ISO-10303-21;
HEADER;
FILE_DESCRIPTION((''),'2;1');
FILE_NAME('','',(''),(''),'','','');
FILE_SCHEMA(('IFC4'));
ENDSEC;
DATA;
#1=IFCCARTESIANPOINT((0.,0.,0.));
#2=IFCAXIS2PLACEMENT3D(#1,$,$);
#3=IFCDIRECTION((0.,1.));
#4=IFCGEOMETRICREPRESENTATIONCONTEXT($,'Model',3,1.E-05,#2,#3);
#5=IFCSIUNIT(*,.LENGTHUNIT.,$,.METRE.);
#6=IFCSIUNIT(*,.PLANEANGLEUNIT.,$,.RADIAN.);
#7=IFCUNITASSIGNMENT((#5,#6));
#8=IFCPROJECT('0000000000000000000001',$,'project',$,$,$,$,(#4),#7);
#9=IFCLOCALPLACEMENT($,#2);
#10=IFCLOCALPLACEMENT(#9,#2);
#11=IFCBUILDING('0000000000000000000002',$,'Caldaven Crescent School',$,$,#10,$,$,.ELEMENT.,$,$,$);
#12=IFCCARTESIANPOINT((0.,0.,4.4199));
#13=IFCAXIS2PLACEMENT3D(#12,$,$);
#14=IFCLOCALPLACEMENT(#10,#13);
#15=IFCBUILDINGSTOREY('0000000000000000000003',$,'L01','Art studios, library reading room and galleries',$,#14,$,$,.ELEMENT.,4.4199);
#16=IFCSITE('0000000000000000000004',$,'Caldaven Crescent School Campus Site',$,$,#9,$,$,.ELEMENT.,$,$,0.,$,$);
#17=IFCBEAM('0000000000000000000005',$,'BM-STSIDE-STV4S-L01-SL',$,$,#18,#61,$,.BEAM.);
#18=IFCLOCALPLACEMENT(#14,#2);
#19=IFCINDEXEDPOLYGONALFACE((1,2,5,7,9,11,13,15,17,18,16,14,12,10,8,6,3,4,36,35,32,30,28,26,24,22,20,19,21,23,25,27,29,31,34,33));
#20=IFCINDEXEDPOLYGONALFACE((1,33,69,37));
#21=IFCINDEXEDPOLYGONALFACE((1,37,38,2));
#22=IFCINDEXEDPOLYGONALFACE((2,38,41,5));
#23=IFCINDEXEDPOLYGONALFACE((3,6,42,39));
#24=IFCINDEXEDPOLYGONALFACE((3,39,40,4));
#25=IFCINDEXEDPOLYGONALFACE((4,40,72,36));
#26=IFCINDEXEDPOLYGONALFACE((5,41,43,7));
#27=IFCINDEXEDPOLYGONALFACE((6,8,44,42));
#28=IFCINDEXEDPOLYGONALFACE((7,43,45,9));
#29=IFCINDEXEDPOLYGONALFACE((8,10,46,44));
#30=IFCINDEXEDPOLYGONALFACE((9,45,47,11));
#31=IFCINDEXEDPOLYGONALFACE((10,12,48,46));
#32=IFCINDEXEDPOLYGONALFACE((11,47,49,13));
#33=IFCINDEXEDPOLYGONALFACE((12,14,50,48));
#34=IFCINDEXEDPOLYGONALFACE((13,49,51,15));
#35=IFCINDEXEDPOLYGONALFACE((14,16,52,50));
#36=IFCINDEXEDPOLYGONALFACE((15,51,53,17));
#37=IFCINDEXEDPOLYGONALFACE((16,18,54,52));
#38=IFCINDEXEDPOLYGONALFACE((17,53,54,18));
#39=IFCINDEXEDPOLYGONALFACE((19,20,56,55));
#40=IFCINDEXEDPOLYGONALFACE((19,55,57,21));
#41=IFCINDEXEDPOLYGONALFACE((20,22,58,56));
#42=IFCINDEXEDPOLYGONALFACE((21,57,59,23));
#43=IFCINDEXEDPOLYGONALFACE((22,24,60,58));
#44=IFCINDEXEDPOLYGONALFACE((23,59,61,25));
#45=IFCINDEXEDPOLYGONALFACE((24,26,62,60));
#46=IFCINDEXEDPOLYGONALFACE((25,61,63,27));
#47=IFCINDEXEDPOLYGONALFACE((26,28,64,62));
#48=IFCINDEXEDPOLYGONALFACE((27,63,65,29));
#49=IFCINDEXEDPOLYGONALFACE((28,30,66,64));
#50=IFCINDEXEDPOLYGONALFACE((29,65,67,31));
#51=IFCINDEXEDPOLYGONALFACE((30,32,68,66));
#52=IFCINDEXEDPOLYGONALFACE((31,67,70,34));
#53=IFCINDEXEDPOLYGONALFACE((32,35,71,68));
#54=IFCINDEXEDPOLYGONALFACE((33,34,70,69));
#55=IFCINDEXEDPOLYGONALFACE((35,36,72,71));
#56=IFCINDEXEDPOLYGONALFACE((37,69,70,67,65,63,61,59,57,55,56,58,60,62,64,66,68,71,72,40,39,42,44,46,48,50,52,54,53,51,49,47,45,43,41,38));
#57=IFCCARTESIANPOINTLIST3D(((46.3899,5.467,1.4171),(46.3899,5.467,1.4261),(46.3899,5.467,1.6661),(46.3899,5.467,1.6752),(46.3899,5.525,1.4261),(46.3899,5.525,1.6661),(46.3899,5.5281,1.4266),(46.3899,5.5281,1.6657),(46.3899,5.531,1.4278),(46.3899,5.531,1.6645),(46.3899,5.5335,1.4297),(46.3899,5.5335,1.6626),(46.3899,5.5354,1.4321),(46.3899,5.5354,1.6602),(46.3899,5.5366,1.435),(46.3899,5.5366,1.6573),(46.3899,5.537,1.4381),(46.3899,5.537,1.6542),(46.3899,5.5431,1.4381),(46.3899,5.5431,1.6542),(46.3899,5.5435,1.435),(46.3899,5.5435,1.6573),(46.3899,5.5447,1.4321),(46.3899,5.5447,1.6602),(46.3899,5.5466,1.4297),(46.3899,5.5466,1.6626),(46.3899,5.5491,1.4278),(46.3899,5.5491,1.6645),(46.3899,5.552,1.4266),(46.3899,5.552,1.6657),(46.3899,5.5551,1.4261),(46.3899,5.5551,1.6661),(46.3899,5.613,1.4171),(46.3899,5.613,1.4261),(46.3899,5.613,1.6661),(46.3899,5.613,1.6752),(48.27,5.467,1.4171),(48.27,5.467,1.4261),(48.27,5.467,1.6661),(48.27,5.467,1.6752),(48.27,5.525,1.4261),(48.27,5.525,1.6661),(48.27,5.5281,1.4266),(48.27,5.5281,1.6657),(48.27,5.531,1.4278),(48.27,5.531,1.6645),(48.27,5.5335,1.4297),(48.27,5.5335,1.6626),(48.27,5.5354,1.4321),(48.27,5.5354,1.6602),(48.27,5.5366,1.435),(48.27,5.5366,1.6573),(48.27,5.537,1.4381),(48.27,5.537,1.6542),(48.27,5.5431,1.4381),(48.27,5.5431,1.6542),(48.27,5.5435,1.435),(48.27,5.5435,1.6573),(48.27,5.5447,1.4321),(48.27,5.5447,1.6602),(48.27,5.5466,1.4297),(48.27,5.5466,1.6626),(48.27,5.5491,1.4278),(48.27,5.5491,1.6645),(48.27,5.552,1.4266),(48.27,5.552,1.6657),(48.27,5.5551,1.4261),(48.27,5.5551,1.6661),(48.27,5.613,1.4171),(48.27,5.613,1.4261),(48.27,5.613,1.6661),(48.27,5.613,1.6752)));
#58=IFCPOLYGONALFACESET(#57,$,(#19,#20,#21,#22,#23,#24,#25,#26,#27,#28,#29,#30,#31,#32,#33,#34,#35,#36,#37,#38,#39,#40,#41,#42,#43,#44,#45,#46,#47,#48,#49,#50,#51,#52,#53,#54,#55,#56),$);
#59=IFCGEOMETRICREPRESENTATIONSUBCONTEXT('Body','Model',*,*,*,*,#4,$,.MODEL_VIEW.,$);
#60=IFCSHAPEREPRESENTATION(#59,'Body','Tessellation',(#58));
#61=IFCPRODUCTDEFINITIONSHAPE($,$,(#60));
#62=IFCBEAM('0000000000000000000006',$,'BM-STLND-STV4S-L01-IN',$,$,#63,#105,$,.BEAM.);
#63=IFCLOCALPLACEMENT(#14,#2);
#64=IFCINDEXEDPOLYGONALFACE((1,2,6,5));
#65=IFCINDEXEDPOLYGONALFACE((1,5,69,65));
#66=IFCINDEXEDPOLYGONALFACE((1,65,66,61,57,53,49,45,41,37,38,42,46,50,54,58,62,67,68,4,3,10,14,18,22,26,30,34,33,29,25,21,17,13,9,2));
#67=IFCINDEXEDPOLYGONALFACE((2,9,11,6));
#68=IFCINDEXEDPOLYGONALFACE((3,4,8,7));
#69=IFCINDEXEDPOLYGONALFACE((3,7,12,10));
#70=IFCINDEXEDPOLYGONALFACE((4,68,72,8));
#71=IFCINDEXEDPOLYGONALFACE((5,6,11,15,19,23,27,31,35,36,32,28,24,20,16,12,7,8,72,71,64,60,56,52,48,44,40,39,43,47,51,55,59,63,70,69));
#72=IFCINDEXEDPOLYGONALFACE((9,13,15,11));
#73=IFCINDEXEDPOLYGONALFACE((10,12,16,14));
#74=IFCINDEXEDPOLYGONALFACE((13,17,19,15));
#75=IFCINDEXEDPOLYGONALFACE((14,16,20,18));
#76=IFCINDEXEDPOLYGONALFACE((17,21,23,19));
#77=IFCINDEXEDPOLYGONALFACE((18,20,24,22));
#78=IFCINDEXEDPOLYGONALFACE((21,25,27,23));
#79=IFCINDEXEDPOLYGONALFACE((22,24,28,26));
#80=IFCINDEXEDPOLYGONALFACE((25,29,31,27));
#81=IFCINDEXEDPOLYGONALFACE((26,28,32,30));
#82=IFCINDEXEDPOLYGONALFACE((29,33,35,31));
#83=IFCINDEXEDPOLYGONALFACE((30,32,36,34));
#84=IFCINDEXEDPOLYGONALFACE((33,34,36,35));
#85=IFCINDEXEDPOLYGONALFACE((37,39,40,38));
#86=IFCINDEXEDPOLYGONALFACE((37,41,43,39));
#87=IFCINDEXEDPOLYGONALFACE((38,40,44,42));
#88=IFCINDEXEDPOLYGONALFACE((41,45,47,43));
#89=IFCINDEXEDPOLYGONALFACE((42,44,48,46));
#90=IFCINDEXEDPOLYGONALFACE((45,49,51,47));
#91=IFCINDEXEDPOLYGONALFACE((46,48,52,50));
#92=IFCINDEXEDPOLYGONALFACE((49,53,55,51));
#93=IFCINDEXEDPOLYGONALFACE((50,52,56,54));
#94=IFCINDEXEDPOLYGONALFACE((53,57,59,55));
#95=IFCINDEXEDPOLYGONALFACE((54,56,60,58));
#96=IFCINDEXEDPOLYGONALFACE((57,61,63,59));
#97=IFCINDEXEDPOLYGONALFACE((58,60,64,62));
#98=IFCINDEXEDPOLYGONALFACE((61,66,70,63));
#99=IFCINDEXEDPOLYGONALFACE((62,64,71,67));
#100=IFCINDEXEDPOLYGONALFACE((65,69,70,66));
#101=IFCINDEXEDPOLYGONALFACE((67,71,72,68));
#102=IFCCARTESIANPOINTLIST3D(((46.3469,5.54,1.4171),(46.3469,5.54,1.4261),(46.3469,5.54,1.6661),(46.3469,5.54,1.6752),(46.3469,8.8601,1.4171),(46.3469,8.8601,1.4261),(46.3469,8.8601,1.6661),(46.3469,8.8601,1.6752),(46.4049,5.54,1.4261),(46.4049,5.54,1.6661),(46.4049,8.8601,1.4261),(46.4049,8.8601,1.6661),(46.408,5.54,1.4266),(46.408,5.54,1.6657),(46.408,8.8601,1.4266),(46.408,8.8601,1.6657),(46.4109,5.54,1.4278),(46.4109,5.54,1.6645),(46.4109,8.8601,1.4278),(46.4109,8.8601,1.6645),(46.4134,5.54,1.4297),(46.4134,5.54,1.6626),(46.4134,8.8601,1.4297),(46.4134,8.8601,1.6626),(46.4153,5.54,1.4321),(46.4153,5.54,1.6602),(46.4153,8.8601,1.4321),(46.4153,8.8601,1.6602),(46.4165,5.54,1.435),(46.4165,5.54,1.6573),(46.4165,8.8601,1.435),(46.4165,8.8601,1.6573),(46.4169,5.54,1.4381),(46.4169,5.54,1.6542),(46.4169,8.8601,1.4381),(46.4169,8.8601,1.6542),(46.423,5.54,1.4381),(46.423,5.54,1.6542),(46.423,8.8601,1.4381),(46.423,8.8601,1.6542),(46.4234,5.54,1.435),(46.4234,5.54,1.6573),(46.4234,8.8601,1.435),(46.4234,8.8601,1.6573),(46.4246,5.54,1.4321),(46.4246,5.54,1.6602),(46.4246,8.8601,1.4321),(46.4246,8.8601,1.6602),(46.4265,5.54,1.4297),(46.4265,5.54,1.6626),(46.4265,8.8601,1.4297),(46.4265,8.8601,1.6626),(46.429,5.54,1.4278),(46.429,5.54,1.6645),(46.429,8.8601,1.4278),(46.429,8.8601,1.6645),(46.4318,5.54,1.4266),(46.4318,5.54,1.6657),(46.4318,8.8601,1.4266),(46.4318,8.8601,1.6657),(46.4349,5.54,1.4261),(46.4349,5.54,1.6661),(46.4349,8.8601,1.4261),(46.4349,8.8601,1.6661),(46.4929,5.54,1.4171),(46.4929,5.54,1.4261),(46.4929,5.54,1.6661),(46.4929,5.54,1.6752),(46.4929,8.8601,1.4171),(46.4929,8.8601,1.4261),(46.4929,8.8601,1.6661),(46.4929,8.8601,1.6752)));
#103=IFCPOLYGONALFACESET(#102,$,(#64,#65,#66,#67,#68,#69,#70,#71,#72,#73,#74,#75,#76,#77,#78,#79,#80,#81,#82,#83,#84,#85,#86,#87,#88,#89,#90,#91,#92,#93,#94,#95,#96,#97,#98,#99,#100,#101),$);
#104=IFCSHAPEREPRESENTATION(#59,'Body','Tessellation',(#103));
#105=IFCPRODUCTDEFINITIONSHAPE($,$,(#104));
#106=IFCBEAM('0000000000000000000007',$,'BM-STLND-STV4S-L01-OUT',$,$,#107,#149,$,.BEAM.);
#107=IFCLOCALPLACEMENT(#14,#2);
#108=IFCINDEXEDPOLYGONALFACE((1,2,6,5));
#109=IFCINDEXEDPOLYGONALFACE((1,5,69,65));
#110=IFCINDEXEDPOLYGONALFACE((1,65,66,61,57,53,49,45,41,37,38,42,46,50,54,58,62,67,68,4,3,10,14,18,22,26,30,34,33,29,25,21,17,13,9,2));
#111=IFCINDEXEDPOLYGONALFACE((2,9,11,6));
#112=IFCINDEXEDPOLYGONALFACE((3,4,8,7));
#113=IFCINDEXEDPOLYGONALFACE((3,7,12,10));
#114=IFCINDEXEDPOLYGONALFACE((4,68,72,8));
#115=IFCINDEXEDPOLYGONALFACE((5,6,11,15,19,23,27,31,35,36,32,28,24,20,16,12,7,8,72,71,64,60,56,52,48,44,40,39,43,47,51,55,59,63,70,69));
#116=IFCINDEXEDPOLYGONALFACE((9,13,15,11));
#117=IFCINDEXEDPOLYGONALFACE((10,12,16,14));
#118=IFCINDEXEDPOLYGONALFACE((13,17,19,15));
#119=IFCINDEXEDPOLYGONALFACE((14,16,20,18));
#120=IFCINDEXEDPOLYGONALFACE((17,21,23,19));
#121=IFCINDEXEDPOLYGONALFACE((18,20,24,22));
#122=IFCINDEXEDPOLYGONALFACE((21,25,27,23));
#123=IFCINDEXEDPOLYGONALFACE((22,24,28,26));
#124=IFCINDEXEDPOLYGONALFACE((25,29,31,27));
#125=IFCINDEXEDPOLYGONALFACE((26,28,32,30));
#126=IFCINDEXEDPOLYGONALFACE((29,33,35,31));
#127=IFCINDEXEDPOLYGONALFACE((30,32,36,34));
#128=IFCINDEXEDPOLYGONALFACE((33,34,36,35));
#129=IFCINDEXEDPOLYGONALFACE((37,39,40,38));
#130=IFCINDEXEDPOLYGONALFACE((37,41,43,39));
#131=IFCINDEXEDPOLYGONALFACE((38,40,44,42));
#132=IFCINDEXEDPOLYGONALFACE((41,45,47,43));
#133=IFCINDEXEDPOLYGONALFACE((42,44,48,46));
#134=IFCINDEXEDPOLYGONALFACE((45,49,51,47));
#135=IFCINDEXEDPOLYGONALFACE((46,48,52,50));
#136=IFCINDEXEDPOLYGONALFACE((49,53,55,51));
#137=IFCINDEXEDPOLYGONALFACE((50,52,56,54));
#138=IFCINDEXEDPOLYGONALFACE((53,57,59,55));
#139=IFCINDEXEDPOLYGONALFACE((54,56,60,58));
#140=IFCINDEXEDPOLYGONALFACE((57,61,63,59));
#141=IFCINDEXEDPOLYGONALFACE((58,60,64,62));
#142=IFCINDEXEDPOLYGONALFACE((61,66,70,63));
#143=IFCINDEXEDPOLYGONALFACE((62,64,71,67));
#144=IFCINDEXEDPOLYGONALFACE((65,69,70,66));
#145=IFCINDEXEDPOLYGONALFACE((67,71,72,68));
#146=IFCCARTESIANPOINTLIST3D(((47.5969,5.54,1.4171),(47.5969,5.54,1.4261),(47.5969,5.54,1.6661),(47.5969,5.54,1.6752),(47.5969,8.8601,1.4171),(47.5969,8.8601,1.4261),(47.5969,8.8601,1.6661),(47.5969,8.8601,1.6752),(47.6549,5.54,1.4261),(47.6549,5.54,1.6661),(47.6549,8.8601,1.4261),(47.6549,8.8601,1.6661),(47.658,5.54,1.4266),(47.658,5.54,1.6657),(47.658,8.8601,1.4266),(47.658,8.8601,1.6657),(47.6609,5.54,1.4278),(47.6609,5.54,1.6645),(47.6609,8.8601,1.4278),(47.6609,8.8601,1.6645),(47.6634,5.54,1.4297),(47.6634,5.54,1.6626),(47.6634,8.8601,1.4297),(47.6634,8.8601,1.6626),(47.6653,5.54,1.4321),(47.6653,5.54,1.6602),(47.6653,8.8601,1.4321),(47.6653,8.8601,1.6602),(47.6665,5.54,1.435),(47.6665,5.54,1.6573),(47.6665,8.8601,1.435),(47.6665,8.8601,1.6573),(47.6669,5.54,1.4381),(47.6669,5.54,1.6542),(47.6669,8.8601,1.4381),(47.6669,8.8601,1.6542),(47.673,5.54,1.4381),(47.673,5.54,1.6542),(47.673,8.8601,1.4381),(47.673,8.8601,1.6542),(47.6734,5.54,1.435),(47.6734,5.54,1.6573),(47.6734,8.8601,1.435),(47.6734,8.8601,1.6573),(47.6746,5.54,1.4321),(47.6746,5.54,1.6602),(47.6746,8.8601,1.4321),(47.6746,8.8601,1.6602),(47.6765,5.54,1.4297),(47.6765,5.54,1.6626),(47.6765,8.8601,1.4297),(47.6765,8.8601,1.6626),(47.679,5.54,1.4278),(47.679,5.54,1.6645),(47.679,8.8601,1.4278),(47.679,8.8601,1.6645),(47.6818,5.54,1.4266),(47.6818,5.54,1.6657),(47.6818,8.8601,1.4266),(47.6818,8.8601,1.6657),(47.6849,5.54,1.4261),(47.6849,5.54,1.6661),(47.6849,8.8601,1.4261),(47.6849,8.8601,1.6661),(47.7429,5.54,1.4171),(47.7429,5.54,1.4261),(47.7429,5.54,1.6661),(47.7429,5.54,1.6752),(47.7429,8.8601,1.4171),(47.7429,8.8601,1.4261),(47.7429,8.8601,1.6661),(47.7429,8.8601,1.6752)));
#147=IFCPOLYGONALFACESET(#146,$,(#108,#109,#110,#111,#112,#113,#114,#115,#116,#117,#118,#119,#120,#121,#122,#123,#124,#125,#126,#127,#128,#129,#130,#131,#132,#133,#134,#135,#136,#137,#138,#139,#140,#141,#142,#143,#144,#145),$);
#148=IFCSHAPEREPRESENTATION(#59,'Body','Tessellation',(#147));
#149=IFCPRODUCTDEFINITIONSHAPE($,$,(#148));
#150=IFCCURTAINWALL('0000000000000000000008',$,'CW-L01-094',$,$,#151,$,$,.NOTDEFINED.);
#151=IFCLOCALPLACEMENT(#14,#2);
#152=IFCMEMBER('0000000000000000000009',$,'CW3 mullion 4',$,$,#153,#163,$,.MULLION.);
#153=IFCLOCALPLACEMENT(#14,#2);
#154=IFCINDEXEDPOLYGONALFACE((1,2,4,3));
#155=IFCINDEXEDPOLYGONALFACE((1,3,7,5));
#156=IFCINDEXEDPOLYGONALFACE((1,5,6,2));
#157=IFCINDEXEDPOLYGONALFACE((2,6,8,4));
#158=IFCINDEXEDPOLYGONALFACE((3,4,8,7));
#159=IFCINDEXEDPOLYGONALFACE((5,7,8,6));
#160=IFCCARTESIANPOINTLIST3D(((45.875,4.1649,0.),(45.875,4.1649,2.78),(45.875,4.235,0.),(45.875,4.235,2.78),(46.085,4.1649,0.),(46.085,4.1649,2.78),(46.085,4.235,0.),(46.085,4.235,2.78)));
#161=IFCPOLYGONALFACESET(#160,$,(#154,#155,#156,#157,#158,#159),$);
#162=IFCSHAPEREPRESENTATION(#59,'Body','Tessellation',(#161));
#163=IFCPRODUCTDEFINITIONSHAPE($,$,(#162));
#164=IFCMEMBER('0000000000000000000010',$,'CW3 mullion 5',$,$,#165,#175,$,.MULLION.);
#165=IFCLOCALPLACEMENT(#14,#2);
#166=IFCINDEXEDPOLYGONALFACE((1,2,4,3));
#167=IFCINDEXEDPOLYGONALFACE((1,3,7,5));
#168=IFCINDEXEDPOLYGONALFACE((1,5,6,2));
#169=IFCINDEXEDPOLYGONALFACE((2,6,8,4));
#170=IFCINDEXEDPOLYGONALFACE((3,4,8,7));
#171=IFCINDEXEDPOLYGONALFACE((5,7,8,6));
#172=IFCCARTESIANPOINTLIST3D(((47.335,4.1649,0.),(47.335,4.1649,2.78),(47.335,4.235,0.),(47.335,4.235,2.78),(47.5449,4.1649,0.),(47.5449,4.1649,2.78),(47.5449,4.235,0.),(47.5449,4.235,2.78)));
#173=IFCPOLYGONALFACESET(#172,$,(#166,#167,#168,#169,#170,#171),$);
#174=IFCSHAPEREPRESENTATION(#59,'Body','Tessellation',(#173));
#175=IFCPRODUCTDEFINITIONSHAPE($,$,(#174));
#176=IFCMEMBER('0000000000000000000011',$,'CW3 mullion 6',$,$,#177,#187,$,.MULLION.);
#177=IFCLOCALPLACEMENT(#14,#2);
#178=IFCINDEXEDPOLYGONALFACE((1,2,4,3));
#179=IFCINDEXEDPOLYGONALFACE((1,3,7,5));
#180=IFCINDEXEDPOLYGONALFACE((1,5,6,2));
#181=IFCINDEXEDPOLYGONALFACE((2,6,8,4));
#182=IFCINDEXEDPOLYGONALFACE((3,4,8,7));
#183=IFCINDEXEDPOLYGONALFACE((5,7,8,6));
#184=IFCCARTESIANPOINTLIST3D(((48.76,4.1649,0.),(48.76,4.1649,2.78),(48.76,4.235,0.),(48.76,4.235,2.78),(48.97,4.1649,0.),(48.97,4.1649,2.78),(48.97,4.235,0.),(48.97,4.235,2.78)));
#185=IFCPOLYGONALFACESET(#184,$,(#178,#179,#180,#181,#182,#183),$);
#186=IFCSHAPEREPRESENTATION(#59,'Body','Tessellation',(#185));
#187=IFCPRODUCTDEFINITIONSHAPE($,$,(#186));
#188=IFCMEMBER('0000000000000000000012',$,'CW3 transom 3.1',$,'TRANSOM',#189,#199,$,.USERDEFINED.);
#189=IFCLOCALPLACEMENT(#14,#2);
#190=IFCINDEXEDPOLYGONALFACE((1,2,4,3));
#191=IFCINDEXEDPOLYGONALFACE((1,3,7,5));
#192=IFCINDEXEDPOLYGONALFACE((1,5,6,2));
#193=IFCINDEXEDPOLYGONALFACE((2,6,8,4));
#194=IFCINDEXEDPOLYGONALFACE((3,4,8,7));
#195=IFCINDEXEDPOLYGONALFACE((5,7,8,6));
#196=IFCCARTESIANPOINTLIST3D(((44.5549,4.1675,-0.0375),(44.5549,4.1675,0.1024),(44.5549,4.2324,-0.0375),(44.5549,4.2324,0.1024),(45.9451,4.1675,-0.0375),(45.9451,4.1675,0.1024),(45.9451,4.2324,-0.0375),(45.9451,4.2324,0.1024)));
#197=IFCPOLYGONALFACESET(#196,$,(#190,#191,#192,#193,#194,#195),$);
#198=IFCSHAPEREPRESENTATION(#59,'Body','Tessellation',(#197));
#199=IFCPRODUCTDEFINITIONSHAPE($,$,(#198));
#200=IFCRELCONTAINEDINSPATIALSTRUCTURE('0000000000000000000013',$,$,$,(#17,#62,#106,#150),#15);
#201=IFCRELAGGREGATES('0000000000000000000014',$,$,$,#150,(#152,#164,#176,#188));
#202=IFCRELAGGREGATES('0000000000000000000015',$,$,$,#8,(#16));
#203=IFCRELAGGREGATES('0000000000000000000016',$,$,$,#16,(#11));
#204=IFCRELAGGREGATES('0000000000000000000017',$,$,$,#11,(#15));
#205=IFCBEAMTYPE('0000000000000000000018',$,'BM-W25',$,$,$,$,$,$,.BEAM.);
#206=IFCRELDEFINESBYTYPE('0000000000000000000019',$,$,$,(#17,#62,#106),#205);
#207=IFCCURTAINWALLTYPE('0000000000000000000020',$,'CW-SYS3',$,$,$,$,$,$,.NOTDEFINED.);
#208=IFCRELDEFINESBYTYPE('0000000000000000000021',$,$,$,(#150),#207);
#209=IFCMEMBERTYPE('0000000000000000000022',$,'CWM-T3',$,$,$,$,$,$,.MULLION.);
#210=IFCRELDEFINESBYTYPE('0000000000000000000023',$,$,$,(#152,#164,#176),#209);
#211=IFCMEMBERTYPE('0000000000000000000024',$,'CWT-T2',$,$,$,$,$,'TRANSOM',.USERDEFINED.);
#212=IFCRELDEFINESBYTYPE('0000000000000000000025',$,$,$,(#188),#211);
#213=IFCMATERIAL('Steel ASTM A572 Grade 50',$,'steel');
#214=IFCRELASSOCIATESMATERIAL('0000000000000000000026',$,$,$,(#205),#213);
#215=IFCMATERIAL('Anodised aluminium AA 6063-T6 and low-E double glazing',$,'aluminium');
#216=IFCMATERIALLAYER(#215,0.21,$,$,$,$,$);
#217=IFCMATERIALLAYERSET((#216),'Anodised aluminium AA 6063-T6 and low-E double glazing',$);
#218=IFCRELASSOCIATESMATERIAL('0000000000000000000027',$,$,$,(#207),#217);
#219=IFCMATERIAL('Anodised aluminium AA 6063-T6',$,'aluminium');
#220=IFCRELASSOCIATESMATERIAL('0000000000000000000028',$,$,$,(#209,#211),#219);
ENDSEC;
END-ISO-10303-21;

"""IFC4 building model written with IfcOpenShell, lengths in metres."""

from ifc_helpers import new_model, si_unit, direction, frame, origin, origin_2d, place, context, subcontext, project, spatial, rectangle, i_section, extrude, material, layer, layer_set, material_profile, profile_set, type_object, element, aggregate, save


model = new_model("IFC4")

# Units and contexts
model_context = context("Model", 3, precision=1e-05, world=origin(), true_north=direction((0.0, 1.0)))
body_context = subcontext(model_context, "Body", "Model", "MODEL_VIEW")
ifc_project = project(units=[si_unit("LENGTHUNIT", "METRE"), si_unit("PLANEANGLEUNIT", "RADIAN")], contexts=[model_context])

# Site, building, storey
site_placement = place(None, origin())
site = spatial("IfcSite", under=ifc_project, at=site_placement, Name="Caldaven Crescent School Campus Site", CompositionType="ELEMENT", RefElevation=0.0)
building_placement = place(site_placement, origin())
building = spatial("IfcBuilding", under=site, at=building_placement, Name="Caldaven Crescent School", CompositionType="ELEMENT")
storey_placement = place(building_placement, frame((0.0, 0.0, 4.4199)))
storey = spatial("IfcBuildingStorey", under=building, at=storey_placement, Name="L01", Description="Art studios, library reading room and galleries", CompositionType="ELEMENT", Elevation=4.4199)

# Shared definitions
ifc_material_1 = material(Name="Steel ASTM A572 Grade 50", Category="steel")

# Beams
ifc_material_profile_1 = material_profile(ifc_material_1, i_section(OverallWidth=0.146, OverallDepth=0.2581, WebThickness=0.0061, FlangeThickness=0.009, FilletRadius=0.012, at=origin_2d()), Name="W250x33")
ifc_profile_set_1 = profile_set([ifc_material_profile_1], Name="Steel ASTM A572 Grade 50")
beam_type_1 = type_object("IfcBeamType", Name="BM-W25", PredefinedType="BEAM", material=ifc_profile_set_1)
beam_1_placement = place(storey_placement, frame((46.3899, 5.54, 1.5461), z_axis=(1.0, 0.0, 0.0), x_axis=(0.0, 1.0, 0.0)))
element("IfcBeam", 1, at=beam_1_placement, inside=storey, type_object=beam_type_1, Name="BM-STSIDE-STV4S-L01-SL", PredefinedType="BEAM", context=body_context, shape_type="SweptSolid", body=[
    extrude(i_section(OverallWidth=0.146, OverallDepth=0.2581, WebThickness=0.0061, FlangeThickness=0.009, FilletRadius=0.012, at=origin_2d()), origin(), (0.0, 0.0, 1.0), 1.8801),
])
for number, where, z_axis, x_axis, name in (
    (2, (46.4199, 5.54, 1.5461), (0.0, 1.0, 0.0), (-1.0, 0.0, 0.0), "BM-STLND-STV4S-L01-IN"),
    (3, (47.6699, 5.54, 1.5461), (0.0, 1.0, 0.0), (-1.0, 0.0, 0.0), "BM-STLND-STV4S-L01-OUT"),
):
    element("IfcBeam", number, at=place(storey_placement, frame(where, z_axis=z_axis, x_axis=x_axis)), inside=storey, type_object=beam_type_1, Name=name, PredefinedType="BEAM", context=body_context, shape_type="SweptSolid", body=[
        extrude(i_section(OverallWidth=0.146, OverallDepth=0.2581, WebThickness=0.0061, FlangeThickness=0.009, FilletRadius=0.012, at=origin_2d()), origin(), (0.0, 0.0, 1.0), 3.3201),
    ])

# Curtain wall, members
ifc_material_2 = material(Name="Anodised aluminium AA 6063-T6 and low-E double glazing", Category="aluminium")
ifc_layer_1 = layer(ifc_material_2, 0.21)
ifc_layer_set_1 = layer_set([ifc_layer_1], Name="Anodised aluminium AA 6063-T6 and low-E double glazing")
curtain_wall_type = type_object("IfcCurtainWallType", Name="CW-SYS3", PredefinedType="NOTDEFINED", material=ifc_layer_set_1)
curtain_wall_placement = place(storey_placement, origin())
curtain_wall = element("IfcCurtainWall", 4, at=curtain_wall_placement, inside=storey, type_object=curtain_wall_type, Name="CW-L01-094", PredefinedType="NOTDEFINED")
ifc_material_3 = material(Name="Anodised aluminium AA 6063-T6", Category="aluminium")
ifc_material_profile_2 = material_profile(ifc_material_3, rectangle(XDim=0.0701, YDim=0.21, at=origin_2d()), Name="CWM 70x210")
ifc_profile_set_2 = profile_set([ifc_material_profile_2], Name="Anodised aluminium AA 6063-T6")
member_type_1 = type_object("IfcMemberType", Name="CWM-T3", PredefinedType="MULLION", material=ifc_profile_set_2)
member_1_placement = place(storey_placement, frame((45.98, 4.2, 0.0), z_axis=(0.0, 0.0, 1.0), x_axis=(0.0, 1.0, 0.0)))
member_1 = element("IfcMember", 5, at=member_1_placement, type_object=member_type_1, Name="CW3 mullion 4", PredefinedType="MULLION", context=body_context, shape_type="SweptSolid", body=[
    extrude(rectangle(XDim=0.0701, YDim=0.21, at=origin_2d()), origin(), (0.0, 0.0, 1.0), 2.78),
])
member_2_placement = place(storey_placement, frame((47.4399, 4.2, 0.0), z_axis=(0.0, 0.0, 1.0), x_axis=(0.0, 1.0, 0.0)))
member_2 = element("IfcMember", 6, at=member_2_placement, type_object=member_type_1, Name="CW3 mullion 5", PredefinedType="MULLION", context=body_context, shape_type="SweptSolid", body=[
    extrude(rectangle(XDim=0.0701, YDim=0.21, at=origin_2d()), origin(), (0.0, 0.0, 1.0), 2.78),
])
member_3_placement = place(storey_placement, frame((48.865, 4.2, 0.0), z_axis=(0.0, 0.0, 1.0), x_axis=(0.0, 1.0, 0.0)))
member_3 = element("IfcMember", 7, at=member_3_placement, type_object=member_type_1, Name="CW3 mullion 6", PredefinedType="MULLION", context=body_context, shape_type="SweptSolid", body=[
    extrude(rectangle(XDim=0.0701, YDim=0.21, at=origin_2d()), origin(), (0.0, 0.0, 1.0), 2.78),
])
ifc_material_profile_3 = material_profile(ifc_material_3, rectangle(XDim=0.0649, YDim=0.1399, at=origin_2d()), Name="CWT 65x140")
ifc_profile_set_3 = profile_set([ifc_material_profile_3], Name="Anodised aluminium AA 6063-T6")
member_type_2 = type_object("IfcMemberType", Name="CWT-T2", ElementType="TRANSOM", PredefinedType="USERDEFINED", material=ifc_profile_set_3)
member_4_placement = place(storey_placement, frame((44.5549, 4.2, 0.0325), z_axis=(1.0, 0.0, 0.0), x_axis=(0.0, 1.0, 0.0)))
member_4 = element("IfcMember", 8, at=member_4_placement, type_object=member_type_2, Name="CW3 transom 3.1", ObjectType="TRANSOM", PredefinedType="USERDEFINED", context=body_context, shape_type="SweptSolid", body=[
    extrude(rectangle(XDim=0.0649, YDim=0.1399, at=origin_2d()), origin(), (0.0, 0.0, 1.0), 1.3901),
])

aggregate(curtain_wall, [member_1, member_2, member_3, member_4])

save(model, "model.ifc")
